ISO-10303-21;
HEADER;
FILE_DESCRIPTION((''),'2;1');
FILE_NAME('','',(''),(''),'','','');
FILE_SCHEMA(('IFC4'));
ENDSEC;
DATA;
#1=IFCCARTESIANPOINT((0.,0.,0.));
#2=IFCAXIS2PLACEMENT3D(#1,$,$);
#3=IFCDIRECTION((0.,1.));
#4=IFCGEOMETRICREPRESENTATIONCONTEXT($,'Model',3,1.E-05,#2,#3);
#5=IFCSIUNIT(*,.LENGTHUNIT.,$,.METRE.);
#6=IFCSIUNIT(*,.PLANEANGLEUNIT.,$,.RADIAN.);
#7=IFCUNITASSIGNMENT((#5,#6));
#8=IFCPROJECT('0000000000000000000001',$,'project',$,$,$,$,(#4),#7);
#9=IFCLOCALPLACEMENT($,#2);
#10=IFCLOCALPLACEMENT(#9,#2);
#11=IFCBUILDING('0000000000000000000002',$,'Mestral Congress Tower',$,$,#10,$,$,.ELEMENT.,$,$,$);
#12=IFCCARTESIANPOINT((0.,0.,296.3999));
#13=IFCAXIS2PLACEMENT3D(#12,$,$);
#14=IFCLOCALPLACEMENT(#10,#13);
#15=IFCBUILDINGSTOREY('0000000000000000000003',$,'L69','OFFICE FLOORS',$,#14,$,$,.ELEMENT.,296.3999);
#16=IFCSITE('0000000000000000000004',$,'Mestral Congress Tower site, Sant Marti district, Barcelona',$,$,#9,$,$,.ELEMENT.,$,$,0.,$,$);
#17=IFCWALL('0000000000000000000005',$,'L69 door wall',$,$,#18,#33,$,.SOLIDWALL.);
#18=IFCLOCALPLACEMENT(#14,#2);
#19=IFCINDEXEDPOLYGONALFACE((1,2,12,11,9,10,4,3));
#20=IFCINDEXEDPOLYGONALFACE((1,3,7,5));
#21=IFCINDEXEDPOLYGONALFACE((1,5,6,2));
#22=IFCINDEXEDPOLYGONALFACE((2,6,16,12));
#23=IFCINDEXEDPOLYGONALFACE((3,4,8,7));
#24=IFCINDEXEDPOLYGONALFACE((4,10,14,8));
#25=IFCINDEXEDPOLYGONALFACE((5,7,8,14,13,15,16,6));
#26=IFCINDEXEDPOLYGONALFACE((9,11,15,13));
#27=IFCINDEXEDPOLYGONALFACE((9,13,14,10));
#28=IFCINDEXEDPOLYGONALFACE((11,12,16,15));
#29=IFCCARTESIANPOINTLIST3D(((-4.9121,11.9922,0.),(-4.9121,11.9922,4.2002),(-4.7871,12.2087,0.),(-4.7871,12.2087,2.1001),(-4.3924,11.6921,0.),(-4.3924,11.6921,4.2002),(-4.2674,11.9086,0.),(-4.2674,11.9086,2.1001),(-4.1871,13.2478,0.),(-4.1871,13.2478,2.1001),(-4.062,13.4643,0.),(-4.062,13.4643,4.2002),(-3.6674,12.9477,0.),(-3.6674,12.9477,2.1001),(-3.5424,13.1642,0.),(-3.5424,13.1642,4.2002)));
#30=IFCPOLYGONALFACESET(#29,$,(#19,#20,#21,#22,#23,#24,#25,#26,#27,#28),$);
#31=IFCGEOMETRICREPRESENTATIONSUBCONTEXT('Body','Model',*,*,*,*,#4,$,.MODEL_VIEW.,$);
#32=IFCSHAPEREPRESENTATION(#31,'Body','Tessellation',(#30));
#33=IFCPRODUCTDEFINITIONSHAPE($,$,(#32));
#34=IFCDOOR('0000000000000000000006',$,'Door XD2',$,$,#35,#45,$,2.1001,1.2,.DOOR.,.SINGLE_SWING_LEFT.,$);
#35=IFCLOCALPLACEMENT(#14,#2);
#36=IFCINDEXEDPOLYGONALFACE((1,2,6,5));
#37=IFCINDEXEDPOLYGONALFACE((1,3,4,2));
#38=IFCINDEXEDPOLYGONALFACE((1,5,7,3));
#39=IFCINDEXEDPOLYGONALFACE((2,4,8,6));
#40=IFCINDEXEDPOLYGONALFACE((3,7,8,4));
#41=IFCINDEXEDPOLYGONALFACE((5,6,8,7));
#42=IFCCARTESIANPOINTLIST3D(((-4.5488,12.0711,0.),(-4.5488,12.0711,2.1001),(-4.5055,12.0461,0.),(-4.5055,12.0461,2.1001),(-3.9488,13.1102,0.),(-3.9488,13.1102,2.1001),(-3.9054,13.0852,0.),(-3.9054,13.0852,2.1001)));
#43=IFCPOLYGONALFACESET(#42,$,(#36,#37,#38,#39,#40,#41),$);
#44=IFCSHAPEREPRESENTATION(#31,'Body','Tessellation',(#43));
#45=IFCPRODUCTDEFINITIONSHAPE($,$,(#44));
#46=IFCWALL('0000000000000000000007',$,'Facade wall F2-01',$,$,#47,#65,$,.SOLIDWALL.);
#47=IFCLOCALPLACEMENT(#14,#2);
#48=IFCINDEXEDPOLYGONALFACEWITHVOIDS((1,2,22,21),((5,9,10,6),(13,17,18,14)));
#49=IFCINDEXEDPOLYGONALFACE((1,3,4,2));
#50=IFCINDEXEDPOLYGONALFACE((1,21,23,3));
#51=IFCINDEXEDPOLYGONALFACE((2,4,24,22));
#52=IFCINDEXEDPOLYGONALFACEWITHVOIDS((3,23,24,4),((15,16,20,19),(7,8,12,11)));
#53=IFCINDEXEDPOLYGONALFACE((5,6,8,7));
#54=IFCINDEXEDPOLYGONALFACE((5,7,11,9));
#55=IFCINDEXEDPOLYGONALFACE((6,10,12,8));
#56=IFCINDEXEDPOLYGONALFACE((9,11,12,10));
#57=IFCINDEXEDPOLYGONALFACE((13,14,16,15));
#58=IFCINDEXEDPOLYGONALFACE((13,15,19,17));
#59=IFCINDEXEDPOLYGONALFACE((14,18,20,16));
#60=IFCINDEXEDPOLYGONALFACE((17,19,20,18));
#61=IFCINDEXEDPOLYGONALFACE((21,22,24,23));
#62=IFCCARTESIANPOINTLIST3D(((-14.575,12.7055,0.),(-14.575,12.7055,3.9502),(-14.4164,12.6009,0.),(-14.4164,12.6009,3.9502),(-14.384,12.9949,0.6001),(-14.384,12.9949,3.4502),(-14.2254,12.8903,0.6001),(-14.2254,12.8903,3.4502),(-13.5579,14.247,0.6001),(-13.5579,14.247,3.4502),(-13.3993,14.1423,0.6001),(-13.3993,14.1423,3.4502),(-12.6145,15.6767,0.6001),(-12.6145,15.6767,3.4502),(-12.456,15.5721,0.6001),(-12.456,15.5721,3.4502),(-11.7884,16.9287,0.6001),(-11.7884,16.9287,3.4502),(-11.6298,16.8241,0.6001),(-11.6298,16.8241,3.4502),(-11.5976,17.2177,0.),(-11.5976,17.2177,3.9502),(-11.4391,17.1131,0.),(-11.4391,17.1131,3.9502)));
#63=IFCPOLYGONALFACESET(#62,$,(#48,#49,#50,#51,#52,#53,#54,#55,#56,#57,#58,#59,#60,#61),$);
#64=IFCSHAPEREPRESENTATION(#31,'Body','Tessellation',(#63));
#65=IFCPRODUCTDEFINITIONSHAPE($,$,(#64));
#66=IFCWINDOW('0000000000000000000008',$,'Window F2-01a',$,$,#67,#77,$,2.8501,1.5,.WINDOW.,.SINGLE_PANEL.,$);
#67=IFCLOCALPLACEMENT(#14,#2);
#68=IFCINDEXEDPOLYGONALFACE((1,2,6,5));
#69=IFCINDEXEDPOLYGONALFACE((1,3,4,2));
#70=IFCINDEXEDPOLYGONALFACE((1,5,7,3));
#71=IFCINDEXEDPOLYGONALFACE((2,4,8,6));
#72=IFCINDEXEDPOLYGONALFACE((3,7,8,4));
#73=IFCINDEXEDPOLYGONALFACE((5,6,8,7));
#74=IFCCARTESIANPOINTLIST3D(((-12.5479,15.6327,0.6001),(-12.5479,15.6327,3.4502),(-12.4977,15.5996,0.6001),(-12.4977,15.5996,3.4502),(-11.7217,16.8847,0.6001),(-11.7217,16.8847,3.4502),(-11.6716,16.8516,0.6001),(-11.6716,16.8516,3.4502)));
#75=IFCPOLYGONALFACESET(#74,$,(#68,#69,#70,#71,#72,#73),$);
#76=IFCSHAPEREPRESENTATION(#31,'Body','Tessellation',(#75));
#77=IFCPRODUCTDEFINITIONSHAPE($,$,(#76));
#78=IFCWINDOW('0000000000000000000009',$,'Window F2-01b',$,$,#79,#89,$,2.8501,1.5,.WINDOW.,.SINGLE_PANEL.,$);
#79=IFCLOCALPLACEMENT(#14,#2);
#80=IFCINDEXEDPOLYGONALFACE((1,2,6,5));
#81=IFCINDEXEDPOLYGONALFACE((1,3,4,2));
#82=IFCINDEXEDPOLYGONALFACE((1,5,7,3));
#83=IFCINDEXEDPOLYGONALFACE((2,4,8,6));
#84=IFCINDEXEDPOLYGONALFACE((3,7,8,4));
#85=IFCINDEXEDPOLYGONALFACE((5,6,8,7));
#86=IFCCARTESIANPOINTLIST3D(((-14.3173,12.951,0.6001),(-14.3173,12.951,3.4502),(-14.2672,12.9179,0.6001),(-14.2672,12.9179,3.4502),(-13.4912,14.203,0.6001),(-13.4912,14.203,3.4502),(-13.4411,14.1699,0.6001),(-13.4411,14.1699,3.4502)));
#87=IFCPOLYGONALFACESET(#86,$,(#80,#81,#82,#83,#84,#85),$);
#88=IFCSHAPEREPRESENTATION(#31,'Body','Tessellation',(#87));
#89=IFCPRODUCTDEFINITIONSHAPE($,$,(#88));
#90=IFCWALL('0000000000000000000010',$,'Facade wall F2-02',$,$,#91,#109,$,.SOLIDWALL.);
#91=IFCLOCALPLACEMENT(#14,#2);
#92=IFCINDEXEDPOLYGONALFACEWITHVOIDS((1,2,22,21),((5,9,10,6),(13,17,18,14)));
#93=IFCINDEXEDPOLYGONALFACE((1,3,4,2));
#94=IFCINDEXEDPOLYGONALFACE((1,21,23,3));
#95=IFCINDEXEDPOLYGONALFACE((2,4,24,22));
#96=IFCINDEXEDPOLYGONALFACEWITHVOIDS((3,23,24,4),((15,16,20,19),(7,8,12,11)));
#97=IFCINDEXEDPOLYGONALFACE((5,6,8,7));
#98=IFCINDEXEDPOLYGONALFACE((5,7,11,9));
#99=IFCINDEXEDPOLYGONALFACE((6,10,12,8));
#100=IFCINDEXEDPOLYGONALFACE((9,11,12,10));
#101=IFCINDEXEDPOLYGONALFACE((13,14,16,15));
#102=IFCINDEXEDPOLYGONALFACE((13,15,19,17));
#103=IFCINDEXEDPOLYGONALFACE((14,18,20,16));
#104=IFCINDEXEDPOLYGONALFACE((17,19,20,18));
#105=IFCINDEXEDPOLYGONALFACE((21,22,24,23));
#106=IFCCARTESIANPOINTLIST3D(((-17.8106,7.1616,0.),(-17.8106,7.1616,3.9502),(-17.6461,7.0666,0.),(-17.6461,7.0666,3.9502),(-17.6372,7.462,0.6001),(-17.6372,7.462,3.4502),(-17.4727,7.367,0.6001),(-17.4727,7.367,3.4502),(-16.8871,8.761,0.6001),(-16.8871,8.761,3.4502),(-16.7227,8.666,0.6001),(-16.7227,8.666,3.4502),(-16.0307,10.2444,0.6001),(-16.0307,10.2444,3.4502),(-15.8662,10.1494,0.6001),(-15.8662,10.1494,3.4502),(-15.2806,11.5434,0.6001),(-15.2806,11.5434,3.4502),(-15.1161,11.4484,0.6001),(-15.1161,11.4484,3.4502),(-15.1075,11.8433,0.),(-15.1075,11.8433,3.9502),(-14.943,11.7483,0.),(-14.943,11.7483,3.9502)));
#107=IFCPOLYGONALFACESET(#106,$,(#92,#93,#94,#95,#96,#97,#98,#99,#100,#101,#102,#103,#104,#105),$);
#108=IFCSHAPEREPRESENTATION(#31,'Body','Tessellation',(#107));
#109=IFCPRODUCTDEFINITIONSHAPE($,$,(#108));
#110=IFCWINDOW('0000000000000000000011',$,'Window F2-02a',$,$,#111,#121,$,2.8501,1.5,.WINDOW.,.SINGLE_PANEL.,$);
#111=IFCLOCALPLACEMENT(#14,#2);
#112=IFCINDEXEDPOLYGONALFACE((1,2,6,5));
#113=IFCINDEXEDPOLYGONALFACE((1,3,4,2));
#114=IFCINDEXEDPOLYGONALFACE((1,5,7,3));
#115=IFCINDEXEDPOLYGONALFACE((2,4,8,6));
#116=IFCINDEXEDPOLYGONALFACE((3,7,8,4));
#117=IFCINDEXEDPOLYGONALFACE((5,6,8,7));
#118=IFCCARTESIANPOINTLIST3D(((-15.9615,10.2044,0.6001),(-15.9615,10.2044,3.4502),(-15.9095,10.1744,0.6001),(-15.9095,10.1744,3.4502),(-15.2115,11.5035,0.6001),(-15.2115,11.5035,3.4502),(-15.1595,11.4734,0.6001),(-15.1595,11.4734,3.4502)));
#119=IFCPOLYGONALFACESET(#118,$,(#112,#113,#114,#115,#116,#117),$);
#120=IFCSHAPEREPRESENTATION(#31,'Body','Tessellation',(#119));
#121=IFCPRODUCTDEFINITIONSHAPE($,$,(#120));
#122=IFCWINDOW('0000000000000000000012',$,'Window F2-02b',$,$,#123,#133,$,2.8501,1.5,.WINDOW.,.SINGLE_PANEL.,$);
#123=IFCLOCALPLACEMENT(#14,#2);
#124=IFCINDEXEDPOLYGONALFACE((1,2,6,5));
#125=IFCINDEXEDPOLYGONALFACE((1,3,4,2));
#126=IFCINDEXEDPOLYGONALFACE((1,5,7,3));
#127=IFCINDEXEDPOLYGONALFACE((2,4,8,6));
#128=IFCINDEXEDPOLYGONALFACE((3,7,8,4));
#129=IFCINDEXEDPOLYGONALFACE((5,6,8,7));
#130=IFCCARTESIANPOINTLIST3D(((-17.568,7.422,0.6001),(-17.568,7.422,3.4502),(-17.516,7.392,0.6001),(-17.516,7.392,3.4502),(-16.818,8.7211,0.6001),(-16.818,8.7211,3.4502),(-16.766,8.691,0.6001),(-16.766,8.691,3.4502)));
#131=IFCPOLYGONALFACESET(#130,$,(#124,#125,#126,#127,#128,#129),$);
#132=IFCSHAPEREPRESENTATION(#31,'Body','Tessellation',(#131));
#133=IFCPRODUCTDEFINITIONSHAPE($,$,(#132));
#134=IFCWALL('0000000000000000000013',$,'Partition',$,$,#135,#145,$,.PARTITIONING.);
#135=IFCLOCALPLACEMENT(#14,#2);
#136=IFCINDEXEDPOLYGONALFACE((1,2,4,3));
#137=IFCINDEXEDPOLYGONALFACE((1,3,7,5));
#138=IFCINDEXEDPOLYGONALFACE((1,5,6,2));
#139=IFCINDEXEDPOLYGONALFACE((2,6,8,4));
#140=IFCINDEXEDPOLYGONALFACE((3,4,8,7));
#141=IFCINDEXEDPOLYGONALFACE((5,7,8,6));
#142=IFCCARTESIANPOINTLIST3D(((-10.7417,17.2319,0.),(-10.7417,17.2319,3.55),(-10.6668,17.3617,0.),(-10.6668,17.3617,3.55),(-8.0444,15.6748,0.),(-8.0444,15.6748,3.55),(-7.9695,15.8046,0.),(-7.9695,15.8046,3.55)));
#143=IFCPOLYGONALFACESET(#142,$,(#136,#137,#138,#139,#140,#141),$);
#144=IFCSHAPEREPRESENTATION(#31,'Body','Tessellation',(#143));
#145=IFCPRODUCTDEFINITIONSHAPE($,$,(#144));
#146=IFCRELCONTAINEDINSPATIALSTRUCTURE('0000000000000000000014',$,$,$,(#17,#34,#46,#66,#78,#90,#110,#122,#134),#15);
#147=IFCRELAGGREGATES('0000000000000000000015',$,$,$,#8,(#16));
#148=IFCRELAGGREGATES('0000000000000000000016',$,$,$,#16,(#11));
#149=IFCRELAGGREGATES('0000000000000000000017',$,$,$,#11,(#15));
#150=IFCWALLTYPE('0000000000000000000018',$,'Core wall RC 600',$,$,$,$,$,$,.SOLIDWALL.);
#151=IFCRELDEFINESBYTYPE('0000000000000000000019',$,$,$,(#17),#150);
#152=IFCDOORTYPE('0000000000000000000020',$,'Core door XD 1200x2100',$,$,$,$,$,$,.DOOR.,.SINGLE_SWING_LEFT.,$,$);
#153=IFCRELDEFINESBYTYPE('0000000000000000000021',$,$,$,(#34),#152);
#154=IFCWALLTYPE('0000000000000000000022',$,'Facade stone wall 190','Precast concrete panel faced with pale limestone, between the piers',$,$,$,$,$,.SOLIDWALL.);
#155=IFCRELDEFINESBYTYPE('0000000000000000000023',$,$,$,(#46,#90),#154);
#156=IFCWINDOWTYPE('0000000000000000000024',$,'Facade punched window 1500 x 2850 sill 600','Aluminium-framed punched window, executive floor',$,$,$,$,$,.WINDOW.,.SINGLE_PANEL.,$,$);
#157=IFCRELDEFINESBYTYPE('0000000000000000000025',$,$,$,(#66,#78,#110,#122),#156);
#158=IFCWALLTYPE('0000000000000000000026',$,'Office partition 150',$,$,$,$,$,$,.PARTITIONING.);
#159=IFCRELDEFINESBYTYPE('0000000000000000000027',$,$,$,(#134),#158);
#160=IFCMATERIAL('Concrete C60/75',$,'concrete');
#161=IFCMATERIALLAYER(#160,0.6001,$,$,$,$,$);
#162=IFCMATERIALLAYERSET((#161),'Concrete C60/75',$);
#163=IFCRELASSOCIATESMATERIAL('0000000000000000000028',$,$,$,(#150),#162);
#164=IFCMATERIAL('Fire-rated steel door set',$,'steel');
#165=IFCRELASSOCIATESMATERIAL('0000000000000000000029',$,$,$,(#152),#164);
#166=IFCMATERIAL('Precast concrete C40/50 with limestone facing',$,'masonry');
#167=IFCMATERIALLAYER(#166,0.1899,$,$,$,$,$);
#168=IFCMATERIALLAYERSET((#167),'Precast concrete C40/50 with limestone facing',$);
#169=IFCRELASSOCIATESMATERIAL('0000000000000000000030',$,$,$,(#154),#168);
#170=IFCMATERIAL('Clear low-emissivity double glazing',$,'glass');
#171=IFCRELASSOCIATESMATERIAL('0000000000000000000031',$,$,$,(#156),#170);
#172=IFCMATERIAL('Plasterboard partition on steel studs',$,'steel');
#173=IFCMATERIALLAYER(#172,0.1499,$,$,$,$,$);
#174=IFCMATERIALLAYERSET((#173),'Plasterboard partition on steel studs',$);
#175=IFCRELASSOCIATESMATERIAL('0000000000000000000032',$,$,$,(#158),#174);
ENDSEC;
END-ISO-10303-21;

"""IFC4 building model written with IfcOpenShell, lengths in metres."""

from ifc_helpers import new_model, si_unit, direction, frame, frame_2d, origin, place, context, subcontext, project, spatial, rectangle, extrude, material, layer, layer_set, type_object, element, fill, save


model = new_model("IFC4")

# Units and contexts
model_context = context("Model", 3, precision=1e-05, world=origin(), true_north=direction((0.0, 1.0)))
body_context = subcontext(model_context, "Body", "Model", "MODEL_VIEW")
ifc_project = project(units=[si_unit("LENGTHUNIT", "METRE"), si_unit("PLANEANGLEUNIT", "RADIAN")], contexts=[model_context])

# Site, building, storey
site_placement = place(None, origin())
site = spatial("IfcSite", under=ifc_project, at=site_placement, Name="Mestral Congress Tower site, Sant Marti district, Barcelona", CompositionType="ELEMENT", RefElevation=0.0)
building_placement = place(site_placement, origin())
building = spatial("IfcBuilding", under=site, at=building_placement, Name="Mestral Congress Tower", CompositionType="ELEMENT")
storey_placement = place(building_placement, frame((0.0, 0.0, 296.3999)))
storey = spatial("IfcBuildingStorey", under=building, at=storey_placement, Name="L69", Description="OFFICE FLOORS", CompositionType="ELEMENT", Elevation=296.3999)

# Shared definitions
ifc_material_1 = material(Name="Concrete C60/75", Category="concrete")

# Shared definitions
ifc_layer_1 = layer(ifc_material_1, 0.6001)
ifc_layer_set_1 = layer_set([ifc_layer_1], Name="Concrete C60/75")
wall_type_1 = type_object("IfcWallType", Name="Core wall RC 600", PredefinedType="SOLIDWALL", material=ifc_layer_set_1)

# Wall, opening, door
wall_1_placement = place(storey_placement, frame((-4.6523, 11.842, 0.0), z_axis=(0.0, 0.0, 1.0), x_axis=(0.500062, 0.865989, 0.0)))
wall_1 = element("IfcWall", 1, at=wall_1_placement, inside=storey, type_object=wall_type_1, Name="L69 door wall", PredefinedType="SOLIDWALL", context=body_context, shape_type="SweptSolid", body=[
    extrude(rectangle(XDim=1.7, YDim=0.6001, at=frame_2d((0.8501, 0.0))), origin(), (0.0, 0.0, 1.0), 4.2002),
])
opening_1_placement = place(wall_1_placement, frame((0.25, 0.0, 0.0)))
opening_1 = element("IfcOpeningElement", 2, at=opening_1_placement, cuts=wall_1, PredefinedType="OPENING", context=body_context, shape_type="SweptSolid", body=[
    extrude(rectangle(XDim=1.2, YDim=2.1001, at=frame_2d((0.6001, 1.05))), frame((0.0, 0.3101, 0.0), z_axis=(0.0, -1.0, 0.0), x_axis=(1.0, 0.0, 0.0)), (0.0, 0.0, 1.0), 0.6201),
])
ifc_material_2 = material(Name="Fire-rated steel door set", Category="steel")
door_type_1 = type_object("IfcDoorType", Name="Core door XD 1200x2100", OperationType="SINGLE_SWING_LEFT", PredefinedType="DOOR", material=ifc_material_2)
door_1_placement = place(opening_1_placement, origin())
door_1 = element("IfcDoor", 3, at=door_1_placement, inside=storey, type_object=door_type_1, Name="Door XD2", OperationType="SINGLE_SWING_LEFT", OverallHeight=2.1001, OverallWidth=1.2, PredefinedType="DOOR", context=body_context, shape_type="SweptSolid", body=[
    extrude(rectangle(XDim=1.2, YDim=2.1001, at=frame_2d((0.6001, 1.05))), frame((0.0, 0.0249, 0.0), z_axis=(0.0, -1.0, 0.0), x_axis=(1.0, 0.0, 0.0)), (0.0, 0.0, 1.0), 0.05),
])
fill(opening_1, door_1)

# Walls, openings, windows
ifc_material_3 = material(Name="Precast concrete C40/50 with limestone facing", Category="masonry")
ifc_layer_2 = layer(ifc_material_3, 0.1899)
ifc_layer_set_2 = layer_set([ifc_layer_2], Name="Precast concrete C40/50 with limestone facing")
wall_type_2 = type_object("IfcWallType", Name="Facade stone wall 190", Description="Precast concrete panel faced with pale limestone, between the piers", PredefinedType="SOLIDWALL", material=ifc_layer_set_2)
wall_2_placement = place(storey_placement, frame((-11.5183, 17.1655, 0.0), z_axis=(0.0, 0.0, 1.0), x_axis=(-0.550744, -0.834674, 0.0)))
wall_2 = element("IfcWall", 4, at=wall_2_placement, inside=storey, type_object=wall_type_2, Name="Facade wall F2-01", PredefinedType="SOLIDWALL", context=body_context, shape_type="SweptSolid", body=[
    extrude(rectangle(XDim=5.406, YDim=0.1899, at=frame_2d((2.7031, 0.0))), origin(), (0.0, 0.0, 1.0), 3.9502),
])
opening_2_placement = place(wall_2_placement, frame((0.3464, 0.0, 0.6001)))
opening_2 = element("IfcOpeningElement", 5, at=opening_2_placement, cuts=wall_2, PredefinedType="OPENING", context=body_context, shape_type="SweptSolid", body=[
    extrude(rectangle(XDim=1.5, YDim=2.8501, at=frame_2d((0.75, 1.425))), frame((0.0, 0.105, 0.0), z_axis=(0.0, -1.0, 0.0), x_axis=(1.0, 0.0, 0.0)), (0.0, 0.0, 1.0), 0.21),
])
opening_3_placement = place(wall_2_placement, frame((3.5593, 0.0, 0.6001)))
opening_3 = element("IfcOpeningElement", 6, at=opening_3_placement, cuts=wall_2, PredefinedType="OPENING", context=body_context, shape_type="SweptSolid", body=[
    extrude(rectangle(XDim=1.5, YDim=2.8501, at=frame_2d((0.75, 1.425))), frame((0.0, 0.105, 0.0), z_axis=(0.0, -1.0, 0.0), x_axis=(1.0, 0.0, 0.0)), (0.0, 0.0, 1.0), 0.21),
])
ifc_material_4 = material(Name="Clear low-emissivity double glazing", Category="glass")
window_type = type_object("IfcWindowType", Name="Facade punched window 1500 x 2850 sill 600", Description="Aluminium-framed punched window, executive floor", PartitioningType="SINGLE_PANEL", PredefinedType="WINDOW", material=ifc_material_4)
window_1_placement = place(opening_2_placement, origin())
window_1 = element("IfcWindow", 7, at=window_1_placement, inside=storey, type_object=window_type, Name="Window F2-01a", OverallHeight=2.8501, OverallWidth=1.5, PartitioningType="SINGLE_PANEL", PredefinedType="WINDOW", context=body_context, shape_type="SweptSolid", body=[
    extrude(rectangle(XDim=1.5, YDim=2.8501, at=frame_2d((0.75, 1.425))), frame((0.0, 0.0449, 0.0), z_axis=(0.0, -1.0, 0.0), x_axis=(1.0, 0.0, 0.0)), (0.0, 0.0, 1.0), 0.0601),
])
fill(opening_2, window_1)
window_2_placement = place(opening_3_placement, origin())
window_2 = element("IfcWindow", 8, at=window_2_placement, inside=storey, type_object=window_type, Name="Window F2-01b", OverallHeight=2.8501, OverallWidth=1.5, PartitioningType="SINGLE_PANEL", PredefinedType="WINDOW", context=body_context, shape_type="SweptSolid", body=[
    extrude(rectangle(XDim=1.5, YDim=2.8501, at=frame_2d((0.75, 1.425))), frame((0.0, 0.0449, 0.0), z_axis=(0.0, -1.0, 0.0), x_axis=(1.0, 0.0, 0.0)), (0.0, 0.0, 1.0), 0.0601),
])
fill(opening_3, window_2)
wall_3_placement = place(storey_placement, frame((-15.0251, 11.7959, 0.0), z_axis=(0.0, 0.0, 1.0), x_axis=(-0.500025, -0.866011, 0.0)))
wall_3 = element("IfcWall", 9, at=wall_3_placement, inside=storey, type_object=wall_type_2, Name="Facade wall F2-02", PredefinedType="SOLIDWALL", context=body_context, shape_type="SweptSolid", body=[
    extrude(rectangle(XDim=5.406, YDim=0.1899, at=frame_2d((2.7031, 0.0))), origin(), (0.0, 0.0, 1.0), 3.9502),
])
opening_4_placement = place(wall_3_placement, frame((0.3464, 0.0, 0.6001)))
opening_4 = element("IfcOpeningElement", 10, at=opening_4_placement, cuts=wall_3, PredefinedType="OPENING", context=body_context, shape_type="SweptSolid", body=[
    extrude(rectangle(XDim=1.5, YDim=2.8501, at=frame_2d((0.75, 1.425))), frame((0.0, 0.105, 0.0), z_axis=(0.0, -1.0, 0.0), x_axis=(1.0, 0.0, 0.0)), (0.0, 0.0, 1.0), 0.21),
])
opening_5_placement = place(wall_3_placement, frame((3.5593, 0.0, 0.6001)))
opening_5 = element("IfcOpeningElement", 11, at=opening_5_placement, cuts=wall_3, PredefinedType="OPENING", context=body_context, shape_type="SweptSolid", body=[
    extrude(rectangle(XDim=1.5, YDim=2.8501, at=frame_2d((0.75, 1.425))), frame((0.0, 0.105, 0.0), z_axis=(0.0, -1.0, 0.0), x_axis=(1.0, 0.0, 0.0)), (0.0, 0.0, 1.0), 0.21),
])
window_3_placement = place(opening_4_placement, origin())
window_3 = element("IfcWindow", 12, at=window_3_placement, inside=storey, type_object=window_type, Name="Window F2-02a", OverallHeight=2.8501, OverallWidth=1.5, PartitioningType="SINGLE_PANEL", PredefinedType="WINDOW", context=body_context, shape_type="SweptSolid", body=[
    extrude(rectangle(XDim=1.5, YDim=2.8501, at=frame_2d((0.75, 1.425))), frame((0.0, 0.0449, 0.0), z_axis=(0.0, -1.0, 0.0), x_axis=(1.0, 0.0, 0.0)), (0.0, 0.0, 1.0), 0.0601),
])
fill(opening_4, window_3)
window_4_placement = place(opening_5_placement, origin())
window_4 = element("IfcWindow", 13, at=window_4_placement, inside=storey, type_object=window_type, Name="Window F2-02b", OverallHeight=2.8501, OverallWidth=1.5, PartitioningType="SINGLE_PANEL", PredefinedType="WINDOW", context=body_context, shape_type="SweptSolid", body=[
    extrude(rectangle(XDim=1.5, YDim=2.8501, at=frame_2d((0.75, 1.425))), frame((0.0, 0.0449, 0.0), z_axis=(0.0, -1.0, 0.0), x_axis=(1.0, 0.0, 0.0)), (0.0, 0.0, 1.0), 0.0601),
])
fill(opening_5, window_4)

# Wall
ifc_material_5 = material(Name="Plasterboard partition on steel studs", Category="steel")
ifc_layer_3 = layer(ifc_material_5, 0.1499)
ifc_layer_set_3 = layer_set([ifc_layer_3], Name="Plasterboard partition on steel studs")
wall_type_3 = type_object("IfcWallType", Name="Office partition 150", PredefinedType="PARTITIONING", material=ifc_layer_set_3)
wall_4_placement = place(storey_placement, frame((-8.0071, 15.7397, 0.0), z_axis=(0.0, 0.0, 1.0), x_axis=(-0.866045, 0.499967, 0.0)))
element("IfcWall", 14, at=wall_4_placement, inside=storey, type_object=wall_type_3, Name="Partition", PredefinedType="PARTITIONING", context=body_context, shape_type="SweptSolid", body=[
    extrude(rectangle(XDim=3.1145, YDim=0.1499, at=frame_2d((1.5571, 0.0))), origin(), (0.0, 0.0, 1.0), 3.55),
])

save(model, "model.ifc")
